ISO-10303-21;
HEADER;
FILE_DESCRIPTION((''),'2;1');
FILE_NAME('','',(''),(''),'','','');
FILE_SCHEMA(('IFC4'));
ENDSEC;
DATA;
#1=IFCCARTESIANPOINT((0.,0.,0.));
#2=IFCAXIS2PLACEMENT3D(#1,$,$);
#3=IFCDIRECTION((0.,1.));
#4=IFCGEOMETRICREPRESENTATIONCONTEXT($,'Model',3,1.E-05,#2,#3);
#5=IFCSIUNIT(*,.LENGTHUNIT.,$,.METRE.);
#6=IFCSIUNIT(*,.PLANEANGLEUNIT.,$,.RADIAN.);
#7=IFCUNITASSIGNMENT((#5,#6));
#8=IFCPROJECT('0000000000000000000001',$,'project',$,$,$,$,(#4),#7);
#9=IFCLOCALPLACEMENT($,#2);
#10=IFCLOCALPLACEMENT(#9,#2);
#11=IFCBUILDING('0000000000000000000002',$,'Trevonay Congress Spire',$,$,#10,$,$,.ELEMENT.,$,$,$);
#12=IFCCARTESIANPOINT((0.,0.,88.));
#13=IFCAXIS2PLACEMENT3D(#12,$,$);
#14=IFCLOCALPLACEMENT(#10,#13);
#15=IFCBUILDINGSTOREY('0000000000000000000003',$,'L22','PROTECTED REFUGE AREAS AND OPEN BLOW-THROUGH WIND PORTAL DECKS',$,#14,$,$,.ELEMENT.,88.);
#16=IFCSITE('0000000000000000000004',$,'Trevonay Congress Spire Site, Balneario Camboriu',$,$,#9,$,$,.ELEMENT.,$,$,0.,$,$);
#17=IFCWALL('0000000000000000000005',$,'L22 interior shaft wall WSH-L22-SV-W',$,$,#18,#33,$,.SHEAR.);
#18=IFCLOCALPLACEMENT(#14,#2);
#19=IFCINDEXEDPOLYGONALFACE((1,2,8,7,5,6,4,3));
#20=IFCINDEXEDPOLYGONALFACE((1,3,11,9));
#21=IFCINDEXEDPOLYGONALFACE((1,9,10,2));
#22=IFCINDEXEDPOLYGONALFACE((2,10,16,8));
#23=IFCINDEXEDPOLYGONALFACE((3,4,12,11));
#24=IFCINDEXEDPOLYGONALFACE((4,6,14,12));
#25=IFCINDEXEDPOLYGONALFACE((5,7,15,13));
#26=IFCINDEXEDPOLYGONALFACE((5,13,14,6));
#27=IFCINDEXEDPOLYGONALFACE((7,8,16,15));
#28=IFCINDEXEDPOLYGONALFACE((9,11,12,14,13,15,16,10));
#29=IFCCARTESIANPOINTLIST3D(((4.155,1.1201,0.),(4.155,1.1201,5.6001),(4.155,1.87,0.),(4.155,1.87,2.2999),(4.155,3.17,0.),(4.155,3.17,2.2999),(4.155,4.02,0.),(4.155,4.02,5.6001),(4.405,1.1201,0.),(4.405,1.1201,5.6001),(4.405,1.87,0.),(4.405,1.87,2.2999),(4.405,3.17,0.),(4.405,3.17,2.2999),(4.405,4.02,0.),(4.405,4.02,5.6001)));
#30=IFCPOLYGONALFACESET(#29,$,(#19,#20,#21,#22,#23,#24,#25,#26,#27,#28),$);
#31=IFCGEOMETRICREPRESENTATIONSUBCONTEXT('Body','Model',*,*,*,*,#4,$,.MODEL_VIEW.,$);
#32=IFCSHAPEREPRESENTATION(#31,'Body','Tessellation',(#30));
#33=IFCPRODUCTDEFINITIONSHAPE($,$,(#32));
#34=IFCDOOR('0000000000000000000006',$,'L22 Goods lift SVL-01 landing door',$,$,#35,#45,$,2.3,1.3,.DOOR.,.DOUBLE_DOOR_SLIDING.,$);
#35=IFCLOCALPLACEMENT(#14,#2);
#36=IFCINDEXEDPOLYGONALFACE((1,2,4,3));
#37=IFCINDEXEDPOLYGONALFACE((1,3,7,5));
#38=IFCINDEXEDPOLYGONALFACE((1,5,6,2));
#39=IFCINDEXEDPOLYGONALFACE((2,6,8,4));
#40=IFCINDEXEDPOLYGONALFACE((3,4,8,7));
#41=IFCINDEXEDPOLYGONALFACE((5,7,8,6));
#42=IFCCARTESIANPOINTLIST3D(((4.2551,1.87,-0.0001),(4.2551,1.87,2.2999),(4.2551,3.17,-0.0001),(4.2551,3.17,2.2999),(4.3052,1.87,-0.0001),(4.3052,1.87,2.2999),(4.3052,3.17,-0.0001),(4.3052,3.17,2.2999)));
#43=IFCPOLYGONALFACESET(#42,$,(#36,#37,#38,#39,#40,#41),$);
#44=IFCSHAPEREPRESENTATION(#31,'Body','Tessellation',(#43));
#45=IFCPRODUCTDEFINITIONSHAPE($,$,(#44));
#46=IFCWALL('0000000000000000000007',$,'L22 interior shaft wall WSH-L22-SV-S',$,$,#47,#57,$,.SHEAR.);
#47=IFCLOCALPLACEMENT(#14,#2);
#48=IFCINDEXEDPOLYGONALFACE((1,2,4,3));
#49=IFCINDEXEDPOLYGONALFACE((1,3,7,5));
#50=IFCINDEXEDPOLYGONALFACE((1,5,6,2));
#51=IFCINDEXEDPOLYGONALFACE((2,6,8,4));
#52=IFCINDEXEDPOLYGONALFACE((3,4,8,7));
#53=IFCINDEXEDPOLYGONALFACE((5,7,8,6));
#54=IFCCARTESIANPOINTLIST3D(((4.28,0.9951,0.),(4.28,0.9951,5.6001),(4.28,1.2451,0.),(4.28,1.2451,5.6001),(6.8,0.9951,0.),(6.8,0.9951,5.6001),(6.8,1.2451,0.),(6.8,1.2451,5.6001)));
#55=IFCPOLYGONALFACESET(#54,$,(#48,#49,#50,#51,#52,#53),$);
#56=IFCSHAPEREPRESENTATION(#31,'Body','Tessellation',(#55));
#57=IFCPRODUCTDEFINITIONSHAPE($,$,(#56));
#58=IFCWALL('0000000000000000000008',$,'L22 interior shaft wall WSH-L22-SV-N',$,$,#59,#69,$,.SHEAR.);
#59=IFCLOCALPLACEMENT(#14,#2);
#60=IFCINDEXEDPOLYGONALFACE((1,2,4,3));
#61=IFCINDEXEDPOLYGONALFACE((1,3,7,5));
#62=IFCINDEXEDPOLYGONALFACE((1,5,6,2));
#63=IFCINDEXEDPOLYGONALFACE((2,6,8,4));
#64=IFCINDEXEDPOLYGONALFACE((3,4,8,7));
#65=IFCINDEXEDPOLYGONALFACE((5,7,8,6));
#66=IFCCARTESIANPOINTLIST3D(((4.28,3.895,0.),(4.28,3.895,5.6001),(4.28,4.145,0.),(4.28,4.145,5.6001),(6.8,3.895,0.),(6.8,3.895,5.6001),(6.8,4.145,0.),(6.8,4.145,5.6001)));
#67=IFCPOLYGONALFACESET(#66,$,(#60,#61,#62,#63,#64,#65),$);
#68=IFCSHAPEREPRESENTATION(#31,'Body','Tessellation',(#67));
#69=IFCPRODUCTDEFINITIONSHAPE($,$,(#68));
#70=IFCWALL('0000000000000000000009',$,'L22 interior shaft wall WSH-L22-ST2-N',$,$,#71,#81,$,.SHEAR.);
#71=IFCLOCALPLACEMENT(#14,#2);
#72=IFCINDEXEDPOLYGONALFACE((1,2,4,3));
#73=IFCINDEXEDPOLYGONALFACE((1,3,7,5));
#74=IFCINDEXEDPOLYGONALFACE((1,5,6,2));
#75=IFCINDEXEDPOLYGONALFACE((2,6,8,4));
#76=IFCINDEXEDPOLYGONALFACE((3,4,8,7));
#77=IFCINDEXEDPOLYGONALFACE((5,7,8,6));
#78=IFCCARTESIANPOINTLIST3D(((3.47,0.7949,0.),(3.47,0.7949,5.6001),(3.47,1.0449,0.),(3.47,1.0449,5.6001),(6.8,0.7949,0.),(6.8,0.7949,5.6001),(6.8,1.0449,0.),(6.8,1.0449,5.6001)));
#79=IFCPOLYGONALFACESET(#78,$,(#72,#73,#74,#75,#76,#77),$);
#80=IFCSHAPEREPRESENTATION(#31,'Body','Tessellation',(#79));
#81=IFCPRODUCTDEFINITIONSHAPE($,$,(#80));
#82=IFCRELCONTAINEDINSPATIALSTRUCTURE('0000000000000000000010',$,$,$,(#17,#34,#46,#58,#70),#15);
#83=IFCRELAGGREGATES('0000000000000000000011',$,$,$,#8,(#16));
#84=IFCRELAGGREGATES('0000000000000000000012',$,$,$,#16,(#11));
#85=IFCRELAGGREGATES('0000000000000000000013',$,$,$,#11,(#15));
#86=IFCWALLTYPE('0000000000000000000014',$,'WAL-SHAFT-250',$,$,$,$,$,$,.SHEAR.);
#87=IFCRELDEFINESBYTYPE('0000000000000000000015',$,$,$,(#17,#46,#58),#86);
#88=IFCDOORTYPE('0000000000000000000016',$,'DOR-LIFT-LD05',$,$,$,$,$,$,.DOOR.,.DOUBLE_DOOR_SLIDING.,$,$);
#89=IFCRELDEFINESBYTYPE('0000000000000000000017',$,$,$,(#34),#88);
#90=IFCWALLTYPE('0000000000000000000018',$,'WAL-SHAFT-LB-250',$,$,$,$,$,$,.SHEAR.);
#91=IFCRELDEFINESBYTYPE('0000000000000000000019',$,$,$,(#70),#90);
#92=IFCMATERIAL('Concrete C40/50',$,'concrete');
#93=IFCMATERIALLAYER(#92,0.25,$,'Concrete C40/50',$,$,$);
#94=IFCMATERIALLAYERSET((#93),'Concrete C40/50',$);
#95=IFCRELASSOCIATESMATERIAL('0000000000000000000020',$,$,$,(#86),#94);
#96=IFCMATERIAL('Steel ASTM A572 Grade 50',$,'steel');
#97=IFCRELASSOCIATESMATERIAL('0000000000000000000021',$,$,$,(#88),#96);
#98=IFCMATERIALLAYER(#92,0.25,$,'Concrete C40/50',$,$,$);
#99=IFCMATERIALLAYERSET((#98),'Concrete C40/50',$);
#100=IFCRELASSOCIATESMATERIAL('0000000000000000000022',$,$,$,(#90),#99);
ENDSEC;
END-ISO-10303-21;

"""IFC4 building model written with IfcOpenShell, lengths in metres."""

from ifc_helpers import new_model, si_unit, direction, frame, frame_2d, origin, place, context, subcontext, project, spatial, rectangle, extrude, material, layer, layer_set, type_object, element, fill, save


model = new_model("IFC4")

# Units and contexts
model_context = context("Model", 3, precision=1e-05, world=origin(), true_north=direction((0.0, 1.0)))
body_context = subcontext(model_context, "Body", "Model", "MODEL_VIEW")
ifc_project = project(units=[si_unit("LENGTHUNIT", "METRE"), si_unit("PLANEANGLEUNIT", "RADIAN")], contexts=[model_context])

# Site, building, storey
site_placement = place(None, origin())
site = spatial("IfcSite", under=ifc_project, at=site_placement, Name="Trevonay Congress Spire Site, Balneario Camboriu", CompositionType="ELEMENT", RefElevation=0.0)
building_placement = place(site_placement, origin())
building = spatial("IfcBuilding", under=site, at=building_placement, Name="Trevonay Congress Spire", CompositionType="ELEMENT")
storey_placement = place(building_placement, frame((0.0, 0.0, 88.0)))
storey = spatial("IfcBuildingStorey", under=building, at=storey_placement, Name="L22", Description="PROTECTED REFUGE AREAS AND OPEN BLOW-THROUGH WIND PORTAL DECKS", CompositionType="ELEMENT", Elevation=88.0)

# Shared definitions
ifc_material_1 = material(Name="Steel ASTM A572 Grade 50", Category="steel")

# Shared definitions
ifc_material_2 = material(Name="Concrete C40/50", Category="concrete")

# Shared definitions
ifc_layer_1 = layer(ifc_material_2, 0.25, Name="Concrete C40/50")
ifc_layer_set_1 = layer_set([ifc_layer_1], Name="Concrete C40/50")
wall_type_1 = type_object("IfcWallType", Name="WAL-SHAFT-250", PredefinedType="SHEAR", material=ifc_layer_set_1)

# Wall, opening, door
wall_1_placement = place(storey_placement, frame((4.28, 1.1201, 0.0), z_axis=(0.0, 0.0, 1.0), x_axis=(0.0, 1.0, 0.0)))
wall_1 = element("IfcWall", 1, at=wall_1_placement, inside=storey, type_object=wall_type_1, Name="L22 interior shaft wall WSH-L22-SV-W", PredefinedType="SHEAR", context=body_context, shape_type="SweptSolid", body=[
    extrude(rectangle(XDim=2.8999, YDim=0.25, at=frame_2d((1.45, 0.0))), origin(), (0.0, 0.0, 1.0), 5.6001),
])
opening_1_placement = place(wall_1_placement, frame((0.75, 0.0, 0.0)))
opening_1 = element("IfcOpeningElement", 2, at=opening_1_placement, cuts=wall_1, PredefinedType="OPENING", context=body_context, shape_type="SweptSolid", body=[
    extrude(rectangle(XDim=1.3, YDim=2.3, at=frame_2d((0.6499, 1.1499))), frame((0.0, 0.135, 0.0), z_axis=(0.0, -1.0, 0.0), x_axis=(1.0, 0.0, 0.0)), (0.0, 0.0, 1.0), 0.27),
])
door_type_1 = type_object("IfcDoorType", Name="DOR-LIFT-LD05", OperationType="DOUBLE_DOOR_SLIDING", PredefinedType="DOOR", material=ifc_material_1)
door_1_placement = place(opening_1_placement, origin())
door_1 = element("IfcDoor", 3, at=door_1_placement, inside=storey, type_object=door_type_1, Name="L22 Goods lift SVL-01 landing door", OperationType="DOUBLE_DOOR_SLIDING", OverallHeight=2.3, OverallWidth=1.3, PredefinedType="DOOR", context=body_context, shape_type="SweptSolid", body=[
    extrude(rectangle(XDim=1.3, YDim=2.3, at=frame_2d((0.6499, 1.1499))), frame((0.0, 0.0249, 0.0), z_axis=(0.0, -1.0, 0.0), x_axis=(1.0, 0.0, 0.0)), (0.0, 0.0, 1.0), 0.05),
])
fill(opening_1, door_1)

# Walls
for number, where, z_axis, x_axis, name in (
    (4, (4.28, 1.1201, 0.0), (0.0, 0.0, 1.0), (1.0, 0.0, 0.0), "L22 interior shaft wall WSH-L22-SV-S"),
    (5, (4.28, 4.02, 0.0), (0.0, 0.0, 1.0), (1.0, 0.0, 0.0), "L22 interior shaft wall WSH-L22-SV-N"),
):
    element("IfcWall", number, at=place(storey_placement, frame(where, z_axis=z_axis, x_axis=x_axis)), inside=storey, type_object=wall_type_1, Name=name, PredefinedType="SHEAR", context=body_context, shape_type="SweptSolid", body=[
        extrude(rectangle(XDim=2.52, YDim=0.25, at=frame_2d((1.26, 0.0))), origin(), (0.0, 0.0, 1.0), 5.6001),
    ])
ifc_layer_2 = layer(ifc_material_2, 0.25, Name="Concrete C40/50")
ifc_layer_set_2 = layer_set([ifc_layer_2], Name="Concrete C40/50")
wall_type_2 = type_object("IfcWallType", Name="WAL-SHAFT-LB-250", PredefinedType="SHEAR", material=ifc_layer_set_2)
wall_2_placement = place(storey_placement, frame((3.47, 0.9199, 0.0), z_axis=(0.0, 0.0, 1.0), x_axis=(1.0, 0.0, 0.0)))
element("IfcWall", 6, at=wall_2_placement, inside=storey, type_object=wall_type_2, Name="L22 interior shaft wall WSH-L22-ST2-N", PredefinedType="SHEAR", context=body_context, shape_type="SweptSolid", body=[
    extrude(rectangle(XDim=3.3301, YDim=0.25, at=frame_2d((1.665, 0.0))), origin(), (0.0, 0.0, 1.0), 5.6001),
])

save(model, "model.ifc")
